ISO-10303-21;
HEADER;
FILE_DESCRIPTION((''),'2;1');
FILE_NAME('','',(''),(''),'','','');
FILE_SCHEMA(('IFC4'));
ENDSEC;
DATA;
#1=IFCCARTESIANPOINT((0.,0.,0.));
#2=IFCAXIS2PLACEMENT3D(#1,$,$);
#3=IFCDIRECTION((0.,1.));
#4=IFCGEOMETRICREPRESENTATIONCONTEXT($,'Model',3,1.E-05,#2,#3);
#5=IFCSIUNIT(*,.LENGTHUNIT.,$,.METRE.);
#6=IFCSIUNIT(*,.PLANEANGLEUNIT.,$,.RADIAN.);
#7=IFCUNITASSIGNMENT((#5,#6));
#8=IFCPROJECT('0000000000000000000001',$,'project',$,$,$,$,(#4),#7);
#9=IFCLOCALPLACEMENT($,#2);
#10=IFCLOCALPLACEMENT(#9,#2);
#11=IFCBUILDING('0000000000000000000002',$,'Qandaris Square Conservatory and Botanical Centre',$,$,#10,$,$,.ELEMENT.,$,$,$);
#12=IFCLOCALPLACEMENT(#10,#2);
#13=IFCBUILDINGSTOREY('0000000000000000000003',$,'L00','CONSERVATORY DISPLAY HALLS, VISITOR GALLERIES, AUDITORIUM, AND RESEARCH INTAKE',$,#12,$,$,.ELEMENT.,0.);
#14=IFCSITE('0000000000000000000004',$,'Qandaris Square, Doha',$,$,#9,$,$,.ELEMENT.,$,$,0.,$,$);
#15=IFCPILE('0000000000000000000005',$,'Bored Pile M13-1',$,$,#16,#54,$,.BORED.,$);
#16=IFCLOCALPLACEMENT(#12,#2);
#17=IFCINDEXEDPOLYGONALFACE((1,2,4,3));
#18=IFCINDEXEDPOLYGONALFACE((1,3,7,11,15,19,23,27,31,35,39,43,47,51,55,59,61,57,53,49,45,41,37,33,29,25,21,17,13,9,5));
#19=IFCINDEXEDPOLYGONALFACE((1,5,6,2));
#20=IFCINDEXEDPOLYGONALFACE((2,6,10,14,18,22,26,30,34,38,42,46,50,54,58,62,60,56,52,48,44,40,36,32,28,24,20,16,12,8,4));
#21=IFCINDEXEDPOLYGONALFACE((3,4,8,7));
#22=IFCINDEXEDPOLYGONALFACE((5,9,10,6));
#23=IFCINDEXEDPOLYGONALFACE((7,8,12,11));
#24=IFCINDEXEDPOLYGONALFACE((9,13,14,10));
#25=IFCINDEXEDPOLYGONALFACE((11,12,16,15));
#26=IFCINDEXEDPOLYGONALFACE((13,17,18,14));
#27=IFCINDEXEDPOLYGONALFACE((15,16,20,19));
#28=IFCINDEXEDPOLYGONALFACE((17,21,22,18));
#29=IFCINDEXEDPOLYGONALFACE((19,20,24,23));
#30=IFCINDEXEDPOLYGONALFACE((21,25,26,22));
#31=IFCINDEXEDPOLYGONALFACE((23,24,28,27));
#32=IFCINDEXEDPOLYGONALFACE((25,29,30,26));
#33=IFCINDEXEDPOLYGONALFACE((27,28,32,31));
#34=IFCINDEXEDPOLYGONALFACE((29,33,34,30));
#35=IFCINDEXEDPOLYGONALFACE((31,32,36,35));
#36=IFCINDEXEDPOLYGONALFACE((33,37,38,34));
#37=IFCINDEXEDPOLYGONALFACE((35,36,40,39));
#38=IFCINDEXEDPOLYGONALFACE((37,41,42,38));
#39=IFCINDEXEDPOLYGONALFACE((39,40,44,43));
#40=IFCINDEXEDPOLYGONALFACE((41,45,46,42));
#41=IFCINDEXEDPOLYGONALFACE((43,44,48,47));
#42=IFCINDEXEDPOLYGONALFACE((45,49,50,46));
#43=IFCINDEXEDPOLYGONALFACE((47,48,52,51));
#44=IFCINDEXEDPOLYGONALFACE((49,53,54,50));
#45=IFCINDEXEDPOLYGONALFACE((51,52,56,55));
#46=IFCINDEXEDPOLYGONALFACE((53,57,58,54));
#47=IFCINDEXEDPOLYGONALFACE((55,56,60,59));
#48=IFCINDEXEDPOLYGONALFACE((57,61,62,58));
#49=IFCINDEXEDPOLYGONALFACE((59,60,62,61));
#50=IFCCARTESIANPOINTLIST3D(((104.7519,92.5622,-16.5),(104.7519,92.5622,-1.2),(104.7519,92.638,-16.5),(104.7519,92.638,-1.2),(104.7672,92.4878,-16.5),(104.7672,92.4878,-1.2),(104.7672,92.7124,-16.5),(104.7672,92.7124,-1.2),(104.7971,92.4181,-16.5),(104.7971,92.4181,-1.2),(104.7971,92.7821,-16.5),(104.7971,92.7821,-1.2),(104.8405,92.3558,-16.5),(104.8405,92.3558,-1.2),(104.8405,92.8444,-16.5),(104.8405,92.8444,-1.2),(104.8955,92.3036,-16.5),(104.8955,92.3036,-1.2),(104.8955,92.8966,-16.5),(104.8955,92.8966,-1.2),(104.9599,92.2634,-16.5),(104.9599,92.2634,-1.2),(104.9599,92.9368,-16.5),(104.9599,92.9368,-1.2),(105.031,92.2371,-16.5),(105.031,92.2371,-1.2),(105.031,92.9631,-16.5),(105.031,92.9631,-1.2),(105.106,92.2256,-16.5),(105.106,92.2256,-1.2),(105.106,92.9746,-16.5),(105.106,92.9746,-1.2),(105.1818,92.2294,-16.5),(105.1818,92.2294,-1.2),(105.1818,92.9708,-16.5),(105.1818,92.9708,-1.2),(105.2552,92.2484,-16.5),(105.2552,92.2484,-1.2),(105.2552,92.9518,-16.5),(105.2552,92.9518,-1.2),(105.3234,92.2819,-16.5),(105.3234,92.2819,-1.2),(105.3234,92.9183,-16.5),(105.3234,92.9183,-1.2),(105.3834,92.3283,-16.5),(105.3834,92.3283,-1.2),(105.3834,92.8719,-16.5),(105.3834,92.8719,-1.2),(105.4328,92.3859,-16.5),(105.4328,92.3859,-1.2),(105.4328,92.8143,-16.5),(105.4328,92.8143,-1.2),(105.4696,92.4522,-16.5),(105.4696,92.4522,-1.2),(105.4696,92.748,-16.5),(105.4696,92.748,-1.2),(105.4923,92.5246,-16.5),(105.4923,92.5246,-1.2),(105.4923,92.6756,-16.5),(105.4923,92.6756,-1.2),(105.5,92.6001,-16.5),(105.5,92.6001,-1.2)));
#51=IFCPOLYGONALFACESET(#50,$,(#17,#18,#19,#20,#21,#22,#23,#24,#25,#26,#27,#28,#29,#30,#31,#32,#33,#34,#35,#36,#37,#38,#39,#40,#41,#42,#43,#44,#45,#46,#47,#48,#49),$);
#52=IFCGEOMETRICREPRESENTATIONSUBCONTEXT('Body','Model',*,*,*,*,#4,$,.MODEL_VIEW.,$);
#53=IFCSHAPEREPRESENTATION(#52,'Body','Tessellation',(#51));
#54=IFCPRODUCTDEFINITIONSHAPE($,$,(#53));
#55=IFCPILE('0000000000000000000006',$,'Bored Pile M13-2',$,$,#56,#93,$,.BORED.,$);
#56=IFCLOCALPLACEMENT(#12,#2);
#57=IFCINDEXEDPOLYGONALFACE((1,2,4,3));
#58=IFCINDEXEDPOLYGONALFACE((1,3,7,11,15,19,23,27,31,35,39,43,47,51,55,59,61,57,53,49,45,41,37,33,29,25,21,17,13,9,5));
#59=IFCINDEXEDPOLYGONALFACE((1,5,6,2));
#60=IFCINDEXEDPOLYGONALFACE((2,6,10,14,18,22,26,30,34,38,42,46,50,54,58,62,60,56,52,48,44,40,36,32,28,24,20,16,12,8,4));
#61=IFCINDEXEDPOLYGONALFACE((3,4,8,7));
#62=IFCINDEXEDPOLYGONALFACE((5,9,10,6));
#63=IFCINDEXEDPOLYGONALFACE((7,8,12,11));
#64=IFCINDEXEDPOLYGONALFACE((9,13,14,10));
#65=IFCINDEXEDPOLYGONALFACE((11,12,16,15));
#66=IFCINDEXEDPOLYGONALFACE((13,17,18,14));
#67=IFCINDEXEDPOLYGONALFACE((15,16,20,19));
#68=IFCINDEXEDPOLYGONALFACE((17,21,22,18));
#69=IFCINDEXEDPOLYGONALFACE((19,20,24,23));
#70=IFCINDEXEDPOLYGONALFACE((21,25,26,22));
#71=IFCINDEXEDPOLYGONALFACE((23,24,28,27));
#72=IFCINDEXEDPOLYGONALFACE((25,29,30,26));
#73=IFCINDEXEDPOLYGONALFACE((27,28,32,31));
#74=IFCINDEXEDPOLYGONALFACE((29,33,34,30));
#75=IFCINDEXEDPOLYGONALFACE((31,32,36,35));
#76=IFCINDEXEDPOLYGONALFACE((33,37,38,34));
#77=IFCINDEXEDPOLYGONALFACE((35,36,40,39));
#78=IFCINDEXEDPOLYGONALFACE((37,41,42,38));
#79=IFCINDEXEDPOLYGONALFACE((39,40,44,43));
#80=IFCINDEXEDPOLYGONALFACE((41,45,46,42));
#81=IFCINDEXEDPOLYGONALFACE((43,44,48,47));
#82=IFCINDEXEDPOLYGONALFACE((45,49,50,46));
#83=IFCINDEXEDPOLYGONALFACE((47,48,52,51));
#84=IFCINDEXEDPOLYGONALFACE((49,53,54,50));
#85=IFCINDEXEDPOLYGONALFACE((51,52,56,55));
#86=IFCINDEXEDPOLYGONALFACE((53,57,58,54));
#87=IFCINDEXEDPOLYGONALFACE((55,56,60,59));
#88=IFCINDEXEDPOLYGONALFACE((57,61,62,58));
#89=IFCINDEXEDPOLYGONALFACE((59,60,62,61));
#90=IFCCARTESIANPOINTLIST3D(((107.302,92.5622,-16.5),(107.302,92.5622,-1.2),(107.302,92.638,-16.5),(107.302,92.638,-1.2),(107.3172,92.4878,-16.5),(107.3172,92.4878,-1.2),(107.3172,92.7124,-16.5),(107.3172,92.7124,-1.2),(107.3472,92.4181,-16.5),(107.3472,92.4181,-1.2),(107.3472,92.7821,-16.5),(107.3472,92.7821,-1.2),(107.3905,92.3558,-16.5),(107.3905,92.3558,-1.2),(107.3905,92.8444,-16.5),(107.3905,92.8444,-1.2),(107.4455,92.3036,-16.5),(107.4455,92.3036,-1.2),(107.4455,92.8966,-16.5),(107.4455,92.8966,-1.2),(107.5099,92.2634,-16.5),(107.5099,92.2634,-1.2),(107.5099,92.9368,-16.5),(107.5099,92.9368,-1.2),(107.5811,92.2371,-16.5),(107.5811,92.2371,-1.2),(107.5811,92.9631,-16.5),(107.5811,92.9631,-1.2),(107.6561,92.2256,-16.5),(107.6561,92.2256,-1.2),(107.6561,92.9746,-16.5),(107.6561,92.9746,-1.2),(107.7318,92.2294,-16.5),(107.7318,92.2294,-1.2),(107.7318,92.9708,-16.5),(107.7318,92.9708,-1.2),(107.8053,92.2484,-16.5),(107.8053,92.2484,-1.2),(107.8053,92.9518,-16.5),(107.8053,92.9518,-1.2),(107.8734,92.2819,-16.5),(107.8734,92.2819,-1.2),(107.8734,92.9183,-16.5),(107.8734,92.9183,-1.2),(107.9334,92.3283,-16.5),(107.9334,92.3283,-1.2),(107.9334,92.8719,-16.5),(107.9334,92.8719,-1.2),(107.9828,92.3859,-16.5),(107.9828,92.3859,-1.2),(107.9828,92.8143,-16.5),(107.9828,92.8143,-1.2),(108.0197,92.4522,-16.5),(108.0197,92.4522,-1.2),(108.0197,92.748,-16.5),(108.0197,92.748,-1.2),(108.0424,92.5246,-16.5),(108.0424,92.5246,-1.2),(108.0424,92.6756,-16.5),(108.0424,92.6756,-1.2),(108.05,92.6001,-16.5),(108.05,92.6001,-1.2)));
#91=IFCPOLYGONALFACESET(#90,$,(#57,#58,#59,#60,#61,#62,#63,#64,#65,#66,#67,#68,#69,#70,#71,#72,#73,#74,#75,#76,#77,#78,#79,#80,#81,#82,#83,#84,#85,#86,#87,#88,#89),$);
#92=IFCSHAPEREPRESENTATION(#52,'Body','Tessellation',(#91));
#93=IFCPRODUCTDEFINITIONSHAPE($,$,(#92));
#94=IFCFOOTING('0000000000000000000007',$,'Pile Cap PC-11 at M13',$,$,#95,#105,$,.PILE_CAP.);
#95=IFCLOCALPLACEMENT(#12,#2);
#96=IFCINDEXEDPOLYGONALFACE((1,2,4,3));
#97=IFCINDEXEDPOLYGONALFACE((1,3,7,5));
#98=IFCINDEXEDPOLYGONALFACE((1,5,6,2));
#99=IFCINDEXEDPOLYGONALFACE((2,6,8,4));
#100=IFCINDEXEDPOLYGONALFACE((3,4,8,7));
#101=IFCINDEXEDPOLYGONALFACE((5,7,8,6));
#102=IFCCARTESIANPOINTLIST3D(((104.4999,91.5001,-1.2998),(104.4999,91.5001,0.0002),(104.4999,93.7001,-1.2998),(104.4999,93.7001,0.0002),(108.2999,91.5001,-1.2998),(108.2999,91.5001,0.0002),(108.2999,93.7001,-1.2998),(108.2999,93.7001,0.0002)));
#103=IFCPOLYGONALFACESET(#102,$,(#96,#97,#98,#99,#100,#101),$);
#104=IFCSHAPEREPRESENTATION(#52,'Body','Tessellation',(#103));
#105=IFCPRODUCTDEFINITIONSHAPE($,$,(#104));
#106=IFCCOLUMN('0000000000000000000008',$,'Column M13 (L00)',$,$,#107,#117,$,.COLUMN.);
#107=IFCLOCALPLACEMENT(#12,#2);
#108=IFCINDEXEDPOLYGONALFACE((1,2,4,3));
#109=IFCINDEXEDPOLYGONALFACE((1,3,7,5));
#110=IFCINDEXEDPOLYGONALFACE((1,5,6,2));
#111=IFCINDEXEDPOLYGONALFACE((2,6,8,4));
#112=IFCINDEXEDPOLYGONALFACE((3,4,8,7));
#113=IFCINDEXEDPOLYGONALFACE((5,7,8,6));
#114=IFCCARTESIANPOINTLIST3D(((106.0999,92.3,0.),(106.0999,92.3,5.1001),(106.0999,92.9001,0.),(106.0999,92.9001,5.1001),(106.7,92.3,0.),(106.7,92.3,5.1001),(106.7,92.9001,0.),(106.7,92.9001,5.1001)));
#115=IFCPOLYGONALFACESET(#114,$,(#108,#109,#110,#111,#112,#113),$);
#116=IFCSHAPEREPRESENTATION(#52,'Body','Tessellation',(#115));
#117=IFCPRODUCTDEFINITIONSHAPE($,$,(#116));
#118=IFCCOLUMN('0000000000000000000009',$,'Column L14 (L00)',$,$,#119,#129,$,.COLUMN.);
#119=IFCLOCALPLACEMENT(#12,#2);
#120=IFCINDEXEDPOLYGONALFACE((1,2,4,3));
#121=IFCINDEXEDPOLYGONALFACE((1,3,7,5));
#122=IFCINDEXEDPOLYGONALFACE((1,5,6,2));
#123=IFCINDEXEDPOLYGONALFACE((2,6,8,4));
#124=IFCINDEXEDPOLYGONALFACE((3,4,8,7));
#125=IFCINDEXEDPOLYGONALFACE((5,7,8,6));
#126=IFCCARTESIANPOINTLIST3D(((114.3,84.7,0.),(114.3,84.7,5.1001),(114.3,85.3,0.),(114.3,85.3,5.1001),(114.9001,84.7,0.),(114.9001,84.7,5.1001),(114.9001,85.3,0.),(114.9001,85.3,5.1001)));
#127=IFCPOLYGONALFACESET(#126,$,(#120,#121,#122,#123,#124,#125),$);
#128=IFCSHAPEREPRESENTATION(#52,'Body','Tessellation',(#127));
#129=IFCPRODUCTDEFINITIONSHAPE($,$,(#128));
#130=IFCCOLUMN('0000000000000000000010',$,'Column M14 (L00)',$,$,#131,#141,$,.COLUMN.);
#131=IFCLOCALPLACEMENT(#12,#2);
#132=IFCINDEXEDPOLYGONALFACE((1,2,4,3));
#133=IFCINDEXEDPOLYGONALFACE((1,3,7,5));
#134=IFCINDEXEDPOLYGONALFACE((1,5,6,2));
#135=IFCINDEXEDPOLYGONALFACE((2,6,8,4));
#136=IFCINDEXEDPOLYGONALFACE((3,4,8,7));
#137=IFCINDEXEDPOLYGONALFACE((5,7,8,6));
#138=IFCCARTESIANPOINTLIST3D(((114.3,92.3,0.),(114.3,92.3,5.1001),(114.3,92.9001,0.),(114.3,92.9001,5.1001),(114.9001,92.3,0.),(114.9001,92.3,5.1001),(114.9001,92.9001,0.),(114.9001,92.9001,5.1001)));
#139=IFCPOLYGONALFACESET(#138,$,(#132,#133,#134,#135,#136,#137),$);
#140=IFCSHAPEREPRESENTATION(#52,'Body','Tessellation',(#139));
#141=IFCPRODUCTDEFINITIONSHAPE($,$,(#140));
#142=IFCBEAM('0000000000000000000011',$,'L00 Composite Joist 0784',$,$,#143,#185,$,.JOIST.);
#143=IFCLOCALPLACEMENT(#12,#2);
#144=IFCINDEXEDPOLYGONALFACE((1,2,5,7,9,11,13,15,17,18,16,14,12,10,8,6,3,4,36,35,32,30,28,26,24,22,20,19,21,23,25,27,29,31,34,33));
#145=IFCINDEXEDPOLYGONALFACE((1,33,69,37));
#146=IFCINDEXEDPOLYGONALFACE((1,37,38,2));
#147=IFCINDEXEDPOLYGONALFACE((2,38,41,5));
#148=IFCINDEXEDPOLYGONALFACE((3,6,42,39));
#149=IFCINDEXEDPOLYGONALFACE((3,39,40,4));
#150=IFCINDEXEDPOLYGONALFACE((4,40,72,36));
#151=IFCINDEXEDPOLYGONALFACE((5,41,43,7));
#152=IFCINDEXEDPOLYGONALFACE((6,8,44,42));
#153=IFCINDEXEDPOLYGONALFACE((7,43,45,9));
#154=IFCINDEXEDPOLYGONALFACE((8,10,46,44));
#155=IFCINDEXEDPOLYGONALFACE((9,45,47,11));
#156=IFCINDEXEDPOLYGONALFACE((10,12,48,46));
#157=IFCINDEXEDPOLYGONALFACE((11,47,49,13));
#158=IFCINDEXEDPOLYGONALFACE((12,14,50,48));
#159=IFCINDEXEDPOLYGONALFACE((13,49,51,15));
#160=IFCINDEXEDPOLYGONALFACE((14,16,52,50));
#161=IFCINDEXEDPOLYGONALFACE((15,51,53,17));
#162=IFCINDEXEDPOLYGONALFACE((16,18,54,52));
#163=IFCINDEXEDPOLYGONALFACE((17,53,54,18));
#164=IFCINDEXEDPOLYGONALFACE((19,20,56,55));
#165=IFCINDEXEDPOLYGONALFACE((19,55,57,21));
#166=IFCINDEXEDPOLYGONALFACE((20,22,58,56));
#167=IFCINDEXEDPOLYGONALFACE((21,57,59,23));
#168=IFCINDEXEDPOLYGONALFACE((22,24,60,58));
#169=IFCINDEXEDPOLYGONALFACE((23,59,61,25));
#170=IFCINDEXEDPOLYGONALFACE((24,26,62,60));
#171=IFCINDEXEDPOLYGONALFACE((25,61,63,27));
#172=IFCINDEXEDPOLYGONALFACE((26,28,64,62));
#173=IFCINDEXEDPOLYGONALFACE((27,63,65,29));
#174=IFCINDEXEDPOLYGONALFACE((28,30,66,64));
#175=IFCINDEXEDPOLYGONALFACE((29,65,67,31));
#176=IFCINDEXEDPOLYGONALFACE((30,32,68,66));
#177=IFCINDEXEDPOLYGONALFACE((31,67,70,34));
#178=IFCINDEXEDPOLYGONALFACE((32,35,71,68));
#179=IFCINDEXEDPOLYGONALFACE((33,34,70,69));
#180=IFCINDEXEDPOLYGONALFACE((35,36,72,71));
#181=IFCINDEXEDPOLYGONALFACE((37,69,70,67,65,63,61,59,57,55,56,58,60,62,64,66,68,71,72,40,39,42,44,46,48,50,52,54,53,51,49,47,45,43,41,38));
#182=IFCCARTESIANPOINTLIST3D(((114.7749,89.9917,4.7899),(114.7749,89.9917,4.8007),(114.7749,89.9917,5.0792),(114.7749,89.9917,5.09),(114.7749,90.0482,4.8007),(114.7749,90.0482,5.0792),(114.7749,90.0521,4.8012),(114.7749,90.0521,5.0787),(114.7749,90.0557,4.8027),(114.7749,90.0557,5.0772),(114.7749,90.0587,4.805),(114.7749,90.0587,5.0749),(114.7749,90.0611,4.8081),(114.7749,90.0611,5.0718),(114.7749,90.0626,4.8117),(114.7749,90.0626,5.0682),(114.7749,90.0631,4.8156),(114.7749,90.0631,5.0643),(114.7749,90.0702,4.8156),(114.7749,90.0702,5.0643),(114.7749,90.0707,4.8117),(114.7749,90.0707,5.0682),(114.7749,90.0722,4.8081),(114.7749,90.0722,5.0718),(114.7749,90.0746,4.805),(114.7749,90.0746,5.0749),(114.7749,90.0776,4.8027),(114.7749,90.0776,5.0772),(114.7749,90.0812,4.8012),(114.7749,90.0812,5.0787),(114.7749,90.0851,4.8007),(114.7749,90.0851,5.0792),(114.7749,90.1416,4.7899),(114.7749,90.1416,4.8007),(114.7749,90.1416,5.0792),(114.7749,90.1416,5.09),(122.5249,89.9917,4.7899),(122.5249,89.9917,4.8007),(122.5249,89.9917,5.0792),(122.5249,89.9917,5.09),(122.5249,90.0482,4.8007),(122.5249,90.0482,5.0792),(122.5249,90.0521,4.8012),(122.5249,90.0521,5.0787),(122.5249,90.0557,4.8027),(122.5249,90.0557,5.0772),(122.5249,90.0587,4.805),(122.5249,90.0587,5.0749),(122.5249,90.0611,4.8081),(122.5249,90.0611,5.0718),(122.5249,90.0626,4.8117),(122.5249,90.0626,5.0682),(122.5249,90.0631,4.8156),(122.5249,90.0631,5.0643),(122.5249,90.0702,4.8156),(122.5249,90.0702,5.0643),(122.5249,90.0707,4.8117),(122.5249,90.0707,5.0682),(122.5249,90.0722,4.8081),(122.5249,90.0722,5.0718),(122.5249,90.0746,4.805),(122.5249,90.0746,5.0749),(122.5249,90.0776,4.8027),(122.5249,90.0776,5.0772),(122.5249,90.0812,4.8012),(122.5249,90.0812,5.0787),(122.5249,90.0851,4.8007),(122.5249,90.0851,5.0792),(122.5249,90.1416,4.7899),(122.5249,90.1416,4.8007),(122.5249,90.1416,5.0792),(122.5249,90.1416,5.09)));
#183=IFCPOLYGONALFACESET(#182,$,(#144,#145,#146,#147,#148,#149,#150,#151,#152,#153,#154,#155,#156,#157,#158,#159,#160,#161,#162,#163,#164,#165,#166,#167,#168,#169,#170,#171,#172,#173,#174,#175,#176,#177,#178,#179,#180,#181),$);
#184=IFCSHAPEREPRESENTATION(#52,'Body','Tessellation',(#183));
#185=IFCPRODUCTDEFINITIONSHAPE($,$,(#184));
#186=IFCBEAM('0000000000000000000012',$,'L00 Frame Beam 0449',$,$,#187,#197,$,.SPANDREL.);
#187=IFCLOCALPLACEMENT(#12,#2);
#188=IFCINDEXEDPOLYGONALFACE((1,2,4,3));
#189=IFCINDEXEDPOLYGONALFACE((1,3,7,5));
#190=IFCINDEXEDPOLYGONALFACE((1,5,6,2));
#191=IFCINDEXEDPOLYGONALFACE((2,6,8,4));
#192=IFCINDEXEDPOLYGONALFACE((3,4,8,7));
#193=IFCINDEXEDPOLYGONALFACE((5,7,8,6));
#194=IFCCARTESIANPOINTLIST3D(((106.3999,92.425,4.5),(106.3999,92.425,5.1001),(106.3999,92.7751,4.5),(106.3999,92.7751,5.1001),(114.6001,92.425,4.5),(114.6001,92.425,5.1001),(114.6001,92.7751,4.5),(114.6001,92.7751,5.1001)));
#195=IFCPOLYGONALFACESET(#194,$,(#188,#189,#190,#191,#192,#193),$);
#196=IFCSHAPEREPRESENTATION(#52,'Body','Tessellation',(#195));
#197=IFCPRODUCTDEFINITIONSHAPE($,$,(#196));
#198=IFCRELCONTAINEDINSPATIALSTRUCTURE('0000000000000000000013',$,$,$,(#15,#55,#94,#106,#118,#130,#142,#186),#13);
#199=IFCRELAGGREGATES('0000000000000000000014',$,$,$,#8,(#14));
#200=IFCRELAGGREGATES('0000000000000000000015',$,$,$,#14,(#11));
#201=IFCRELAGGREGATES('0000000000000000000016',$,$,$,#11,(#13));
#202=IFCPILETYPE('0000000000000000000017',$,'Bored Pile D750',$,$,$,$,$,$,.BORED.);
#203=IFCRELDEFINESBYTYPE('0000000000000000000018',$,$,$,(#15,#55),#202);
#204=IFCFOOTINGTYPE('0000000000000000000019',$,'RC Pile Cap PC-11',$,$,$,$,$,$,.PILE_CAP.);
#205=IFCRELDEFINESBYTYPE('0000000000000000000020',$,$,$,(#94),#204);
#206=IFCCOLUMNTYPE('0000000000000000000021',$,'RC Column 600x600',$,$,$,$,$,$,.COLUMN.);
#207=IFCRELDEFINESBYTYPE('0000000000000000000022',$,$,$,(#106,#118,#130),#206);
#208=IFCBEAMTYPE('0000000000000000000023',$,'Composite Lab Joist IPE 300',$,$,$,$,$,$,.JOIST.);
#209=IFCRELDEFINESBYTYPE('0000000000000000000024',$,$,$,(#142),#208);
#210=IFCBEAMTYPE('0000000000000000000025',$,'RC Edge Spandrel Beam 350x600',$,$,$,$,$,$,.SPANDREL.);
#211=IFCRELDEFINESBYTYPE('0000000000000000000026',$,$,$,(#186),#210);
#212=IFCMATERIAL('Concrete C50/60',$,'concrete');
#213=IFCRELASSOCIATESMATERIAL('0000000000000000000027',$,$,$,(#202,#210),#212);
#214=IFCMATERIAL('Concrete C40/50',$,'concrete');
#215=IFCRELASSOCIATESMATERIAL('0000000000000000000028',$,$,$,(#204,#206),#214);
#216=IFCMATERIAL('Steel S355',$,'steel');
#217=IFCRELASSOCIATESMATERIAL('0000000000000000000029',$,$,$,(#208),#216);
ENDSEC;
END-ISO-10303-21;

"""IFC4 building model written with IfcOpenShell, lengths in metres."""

from ifc_helpers import new_model, si_unit, direction, frame, origin, origin_2d, place, context, subcontext, project, spatial, rectangle, circle, i_section, extrude, material, material_profile, profile_set, type_object, element, save


model = new_model("IFC4")

# Units and contexts
model_context = context("Model", 3, precision=1e-05, world=origin(), true_north=direction((0.0, 1.0)))
body_context = subcontext(model_context, "Body", "Model", "MODEL_VIEW")
ifc_project = project(units=[si_unit("LENGTHUNIT", "METRE"), si_unit("PLANEANGLEUNIT", "RADIAN")], contexts=[model_context])

# Site, building, storey
site_placement = place(None, origin())
site = spatial("IfcSite", under=ifc_project, at=site_placement, Name="Qandaris Square, Doha", CompositionType="ELEMENT", RefElevation=0.0)
building_placement = place(site_placement, origin())
building = spatial("IfcBuilding", under=site, at=building_placement, Name="Qandaris Square Conservatory and Botanical Centre", CompositionType="ELEMENT")
storey_placement = place(building_placement, origin())
storey = spatial("IfcBuildingStorey", under=building, at=storey_placement, Name="L00", Description="CONSERVATORY DISPLAY HALLS, VISITOR GALLERIES, AUDITORIUM, AND RESEARCH INTAKE", CompositionType="ELEMENT", Elevation=0.0)

# Piles
ifc_material_1 = material(Name="Concrete C50/60", Category="concrete")
ifc_material_profile_1 = material_profile(ifc_material_1, circle(Radius=0.375, at=origin_2d()), Name="PILE D750")
ifc_profile_set_1 = profile_set([ifc_material_profile_1], Name="Concrete C50/60")
pile_type = type_object("IfcPileType", Name="Bored Pile D750", PredefinedType="BORED", material=ifc_profile_set_1)
for number, where, z_axis, x_axis, name in (
    (1, (105.125, 92.6001, -1.2), (0.0, 0.0, -1.0), (1.0, 0.0, 0.0), "Bored Pile M13-1"),
    (2, (107.675, 92.6001, -1.2), (0.0, 0.0, -1.0), (1.0, 0.0, 0.0), "Bored Pile M13-2"),
):
    element("IfcPile", number, at=place(storey_placement, frame(where, z_axis=z_axis, x_axis=x_axis)), inside=storey, type_object=pile_type, Name=name, PredefinedType="BORED", context=body_context, shape_type="SweptSolid", body=[
        extrude(circle(Radius=0.375, at=origin_2d()), origin(), (0.0, 0.0, 1.0), 15.3),
    ])

# Footing
ifc_material_2 = material(Name="Concrete C40/50", Category="concrete")
footing_type = type_object("IfcFootingType", Name="RC Pile Cap PC-11", PredefinedType="PILE_CAP", material=ifc_material_2)
footing_placement = place(storey_placement, frame((106.3999, 92.6001, -1.2998), z_axis=(0.0, 0.0, 1.0), x_axis=(1.0, 0.0, 0.0)))
element("IfcFooting", 3, at=footing_placement, inside=storey, type_object=footing_type, Name="Pile Cap PC-11 at M13", PredefinedType="PILE_CAP", context=body_context, shape_type="SweptSolid", body=[
    extrude(rectangle(XDim=3.8, YDim=2.2, at=origin_2d()), origin(), (0.0, 0.0, 1.0), 1.3),
])

# Columns
ifc_material_profile_2 = material_profile(ifc_material_2, rectangle(XDim=0.6001, YDim=0.6001, at=origin_2d()), Name="RC-COL 600x600")
ifc_profile_set_2 = profile_set([ifc_material_profile_2], Name="Concrete C40/50")
column_type = type_object("IfcColumnType", Name="RC Column 600x600", PredefinedType="COLUMN", material=ifc_profile_set_2)
for number, where, z_axis, x_axis, name in (
    (4, (106.3999, 92.6001, 0.0), (0.0, 0.0, 1.0), (1.0, 0.0, 0.0), "Column M13 (L00)"),
    (5, (114.6001, 85.0, 0.0), (0.0, 0.0, 1.0), (1.0, 0.0, 0.0), "Column L14 (L00)"),
    (6, (114.6001, 92.6001, 0.0), (0.0, 0.0, 1.0), (1.0, 0.0, 0.0), "Column M14 (L00)"),
):
    element("IfcColumn", number, at=place(storey_placement, frame(where, z_axis=z_axis, x_axis=x_axis)), inside=storey, type_object=column_type, Name=name, PredefinedType="COLUMN", context=body_context, shape_type="SweptSolid", body=[
        extrude(rectangle(XDim=0.6001, YDim=0.6001, at=origin_2d()), origin(), (0.0, 0.0, 1.0), 5.1001),
    ])

# Beams
ifc_material_3 = material(Name="Steel S355", Category="steel")
ifc_material_profile_3 = material_profile(ifc_material_3, i_section(OverallWidth=0.1499, OverallDepth=0.3, WebThickness=0.0071, FlangeThickness=0.0107, FilletRadius=0.0149, at=origin_2d()), Name="IPE 300")
ifc_profile_set_3 = profile_set([ifc_material_profile_3], Name="Steel S355")
beam_type_1 = type_object("IfcBeamType", Name="Composite Lab Joist IPE 300", PredefinedType="JOIST", material=ifc_profile_set_3)
beam_1_placement = place(storey_placement, frame((114.7749, 90.0667, 4.9399), z_axis=(1.0, 0.0, 0.0), x_axis=(0.0, 1.0, 0.0)))
element("IfcBeam", 7, at=beam_1_placement, inside=storey, type_object=beam_type_1, Name="L00 Composite Joist 0784", PredefinedType="JOIST", context=body_context, shape_type="SweptSolid", body=[
    extrude(i_section(OverallWidth=0.1499, OverallDepth=0.3, WebThickness=0.0071, FlangeThickness=0.0107, FilletRadius=0.0149, at=origin_2d()), origin(), (0.0, 0.0, 1.0), 7.75),
])
ifc_material_profile_4 = material_profile(ifc_material_1, rectangle(XDim=0.3501, YDim=0.6001, at=origin_2d()), Name="RC-SP 350x600")
ifc_profile_set_4 = profile_set([ifc_material_profile_4], Name="Concrete C50/60")
beam_type_2 = type_object("IfcBeamType", Name="RC Edge Spandrel Beam 350x600", PredefinedType="SPANDREL", material=ifc_profile_set_4)
beam_2_placement = place(storey_placement, frame((106.3999, 92.6001, 4.8), z_axis=(1.0, 0.0, 0.0), x_axis=(0.0, 1.0, 0.0)))
element("IfcBeam", 8, at=beam_2_placement, inside=storey, type_object=beam_type_2, Name="L00 Frame Beam 0449", PredefinedType="SPANDREL", context=body_context, shape_type="SweptSolid", body=[
    extrude(rectangle(XDim=0.3501, YDim=0.6001, at=origin_2d()), origin(), (0.0, 0.0, 1.0), 8.2002),
])

save(model, "model.ifc")
